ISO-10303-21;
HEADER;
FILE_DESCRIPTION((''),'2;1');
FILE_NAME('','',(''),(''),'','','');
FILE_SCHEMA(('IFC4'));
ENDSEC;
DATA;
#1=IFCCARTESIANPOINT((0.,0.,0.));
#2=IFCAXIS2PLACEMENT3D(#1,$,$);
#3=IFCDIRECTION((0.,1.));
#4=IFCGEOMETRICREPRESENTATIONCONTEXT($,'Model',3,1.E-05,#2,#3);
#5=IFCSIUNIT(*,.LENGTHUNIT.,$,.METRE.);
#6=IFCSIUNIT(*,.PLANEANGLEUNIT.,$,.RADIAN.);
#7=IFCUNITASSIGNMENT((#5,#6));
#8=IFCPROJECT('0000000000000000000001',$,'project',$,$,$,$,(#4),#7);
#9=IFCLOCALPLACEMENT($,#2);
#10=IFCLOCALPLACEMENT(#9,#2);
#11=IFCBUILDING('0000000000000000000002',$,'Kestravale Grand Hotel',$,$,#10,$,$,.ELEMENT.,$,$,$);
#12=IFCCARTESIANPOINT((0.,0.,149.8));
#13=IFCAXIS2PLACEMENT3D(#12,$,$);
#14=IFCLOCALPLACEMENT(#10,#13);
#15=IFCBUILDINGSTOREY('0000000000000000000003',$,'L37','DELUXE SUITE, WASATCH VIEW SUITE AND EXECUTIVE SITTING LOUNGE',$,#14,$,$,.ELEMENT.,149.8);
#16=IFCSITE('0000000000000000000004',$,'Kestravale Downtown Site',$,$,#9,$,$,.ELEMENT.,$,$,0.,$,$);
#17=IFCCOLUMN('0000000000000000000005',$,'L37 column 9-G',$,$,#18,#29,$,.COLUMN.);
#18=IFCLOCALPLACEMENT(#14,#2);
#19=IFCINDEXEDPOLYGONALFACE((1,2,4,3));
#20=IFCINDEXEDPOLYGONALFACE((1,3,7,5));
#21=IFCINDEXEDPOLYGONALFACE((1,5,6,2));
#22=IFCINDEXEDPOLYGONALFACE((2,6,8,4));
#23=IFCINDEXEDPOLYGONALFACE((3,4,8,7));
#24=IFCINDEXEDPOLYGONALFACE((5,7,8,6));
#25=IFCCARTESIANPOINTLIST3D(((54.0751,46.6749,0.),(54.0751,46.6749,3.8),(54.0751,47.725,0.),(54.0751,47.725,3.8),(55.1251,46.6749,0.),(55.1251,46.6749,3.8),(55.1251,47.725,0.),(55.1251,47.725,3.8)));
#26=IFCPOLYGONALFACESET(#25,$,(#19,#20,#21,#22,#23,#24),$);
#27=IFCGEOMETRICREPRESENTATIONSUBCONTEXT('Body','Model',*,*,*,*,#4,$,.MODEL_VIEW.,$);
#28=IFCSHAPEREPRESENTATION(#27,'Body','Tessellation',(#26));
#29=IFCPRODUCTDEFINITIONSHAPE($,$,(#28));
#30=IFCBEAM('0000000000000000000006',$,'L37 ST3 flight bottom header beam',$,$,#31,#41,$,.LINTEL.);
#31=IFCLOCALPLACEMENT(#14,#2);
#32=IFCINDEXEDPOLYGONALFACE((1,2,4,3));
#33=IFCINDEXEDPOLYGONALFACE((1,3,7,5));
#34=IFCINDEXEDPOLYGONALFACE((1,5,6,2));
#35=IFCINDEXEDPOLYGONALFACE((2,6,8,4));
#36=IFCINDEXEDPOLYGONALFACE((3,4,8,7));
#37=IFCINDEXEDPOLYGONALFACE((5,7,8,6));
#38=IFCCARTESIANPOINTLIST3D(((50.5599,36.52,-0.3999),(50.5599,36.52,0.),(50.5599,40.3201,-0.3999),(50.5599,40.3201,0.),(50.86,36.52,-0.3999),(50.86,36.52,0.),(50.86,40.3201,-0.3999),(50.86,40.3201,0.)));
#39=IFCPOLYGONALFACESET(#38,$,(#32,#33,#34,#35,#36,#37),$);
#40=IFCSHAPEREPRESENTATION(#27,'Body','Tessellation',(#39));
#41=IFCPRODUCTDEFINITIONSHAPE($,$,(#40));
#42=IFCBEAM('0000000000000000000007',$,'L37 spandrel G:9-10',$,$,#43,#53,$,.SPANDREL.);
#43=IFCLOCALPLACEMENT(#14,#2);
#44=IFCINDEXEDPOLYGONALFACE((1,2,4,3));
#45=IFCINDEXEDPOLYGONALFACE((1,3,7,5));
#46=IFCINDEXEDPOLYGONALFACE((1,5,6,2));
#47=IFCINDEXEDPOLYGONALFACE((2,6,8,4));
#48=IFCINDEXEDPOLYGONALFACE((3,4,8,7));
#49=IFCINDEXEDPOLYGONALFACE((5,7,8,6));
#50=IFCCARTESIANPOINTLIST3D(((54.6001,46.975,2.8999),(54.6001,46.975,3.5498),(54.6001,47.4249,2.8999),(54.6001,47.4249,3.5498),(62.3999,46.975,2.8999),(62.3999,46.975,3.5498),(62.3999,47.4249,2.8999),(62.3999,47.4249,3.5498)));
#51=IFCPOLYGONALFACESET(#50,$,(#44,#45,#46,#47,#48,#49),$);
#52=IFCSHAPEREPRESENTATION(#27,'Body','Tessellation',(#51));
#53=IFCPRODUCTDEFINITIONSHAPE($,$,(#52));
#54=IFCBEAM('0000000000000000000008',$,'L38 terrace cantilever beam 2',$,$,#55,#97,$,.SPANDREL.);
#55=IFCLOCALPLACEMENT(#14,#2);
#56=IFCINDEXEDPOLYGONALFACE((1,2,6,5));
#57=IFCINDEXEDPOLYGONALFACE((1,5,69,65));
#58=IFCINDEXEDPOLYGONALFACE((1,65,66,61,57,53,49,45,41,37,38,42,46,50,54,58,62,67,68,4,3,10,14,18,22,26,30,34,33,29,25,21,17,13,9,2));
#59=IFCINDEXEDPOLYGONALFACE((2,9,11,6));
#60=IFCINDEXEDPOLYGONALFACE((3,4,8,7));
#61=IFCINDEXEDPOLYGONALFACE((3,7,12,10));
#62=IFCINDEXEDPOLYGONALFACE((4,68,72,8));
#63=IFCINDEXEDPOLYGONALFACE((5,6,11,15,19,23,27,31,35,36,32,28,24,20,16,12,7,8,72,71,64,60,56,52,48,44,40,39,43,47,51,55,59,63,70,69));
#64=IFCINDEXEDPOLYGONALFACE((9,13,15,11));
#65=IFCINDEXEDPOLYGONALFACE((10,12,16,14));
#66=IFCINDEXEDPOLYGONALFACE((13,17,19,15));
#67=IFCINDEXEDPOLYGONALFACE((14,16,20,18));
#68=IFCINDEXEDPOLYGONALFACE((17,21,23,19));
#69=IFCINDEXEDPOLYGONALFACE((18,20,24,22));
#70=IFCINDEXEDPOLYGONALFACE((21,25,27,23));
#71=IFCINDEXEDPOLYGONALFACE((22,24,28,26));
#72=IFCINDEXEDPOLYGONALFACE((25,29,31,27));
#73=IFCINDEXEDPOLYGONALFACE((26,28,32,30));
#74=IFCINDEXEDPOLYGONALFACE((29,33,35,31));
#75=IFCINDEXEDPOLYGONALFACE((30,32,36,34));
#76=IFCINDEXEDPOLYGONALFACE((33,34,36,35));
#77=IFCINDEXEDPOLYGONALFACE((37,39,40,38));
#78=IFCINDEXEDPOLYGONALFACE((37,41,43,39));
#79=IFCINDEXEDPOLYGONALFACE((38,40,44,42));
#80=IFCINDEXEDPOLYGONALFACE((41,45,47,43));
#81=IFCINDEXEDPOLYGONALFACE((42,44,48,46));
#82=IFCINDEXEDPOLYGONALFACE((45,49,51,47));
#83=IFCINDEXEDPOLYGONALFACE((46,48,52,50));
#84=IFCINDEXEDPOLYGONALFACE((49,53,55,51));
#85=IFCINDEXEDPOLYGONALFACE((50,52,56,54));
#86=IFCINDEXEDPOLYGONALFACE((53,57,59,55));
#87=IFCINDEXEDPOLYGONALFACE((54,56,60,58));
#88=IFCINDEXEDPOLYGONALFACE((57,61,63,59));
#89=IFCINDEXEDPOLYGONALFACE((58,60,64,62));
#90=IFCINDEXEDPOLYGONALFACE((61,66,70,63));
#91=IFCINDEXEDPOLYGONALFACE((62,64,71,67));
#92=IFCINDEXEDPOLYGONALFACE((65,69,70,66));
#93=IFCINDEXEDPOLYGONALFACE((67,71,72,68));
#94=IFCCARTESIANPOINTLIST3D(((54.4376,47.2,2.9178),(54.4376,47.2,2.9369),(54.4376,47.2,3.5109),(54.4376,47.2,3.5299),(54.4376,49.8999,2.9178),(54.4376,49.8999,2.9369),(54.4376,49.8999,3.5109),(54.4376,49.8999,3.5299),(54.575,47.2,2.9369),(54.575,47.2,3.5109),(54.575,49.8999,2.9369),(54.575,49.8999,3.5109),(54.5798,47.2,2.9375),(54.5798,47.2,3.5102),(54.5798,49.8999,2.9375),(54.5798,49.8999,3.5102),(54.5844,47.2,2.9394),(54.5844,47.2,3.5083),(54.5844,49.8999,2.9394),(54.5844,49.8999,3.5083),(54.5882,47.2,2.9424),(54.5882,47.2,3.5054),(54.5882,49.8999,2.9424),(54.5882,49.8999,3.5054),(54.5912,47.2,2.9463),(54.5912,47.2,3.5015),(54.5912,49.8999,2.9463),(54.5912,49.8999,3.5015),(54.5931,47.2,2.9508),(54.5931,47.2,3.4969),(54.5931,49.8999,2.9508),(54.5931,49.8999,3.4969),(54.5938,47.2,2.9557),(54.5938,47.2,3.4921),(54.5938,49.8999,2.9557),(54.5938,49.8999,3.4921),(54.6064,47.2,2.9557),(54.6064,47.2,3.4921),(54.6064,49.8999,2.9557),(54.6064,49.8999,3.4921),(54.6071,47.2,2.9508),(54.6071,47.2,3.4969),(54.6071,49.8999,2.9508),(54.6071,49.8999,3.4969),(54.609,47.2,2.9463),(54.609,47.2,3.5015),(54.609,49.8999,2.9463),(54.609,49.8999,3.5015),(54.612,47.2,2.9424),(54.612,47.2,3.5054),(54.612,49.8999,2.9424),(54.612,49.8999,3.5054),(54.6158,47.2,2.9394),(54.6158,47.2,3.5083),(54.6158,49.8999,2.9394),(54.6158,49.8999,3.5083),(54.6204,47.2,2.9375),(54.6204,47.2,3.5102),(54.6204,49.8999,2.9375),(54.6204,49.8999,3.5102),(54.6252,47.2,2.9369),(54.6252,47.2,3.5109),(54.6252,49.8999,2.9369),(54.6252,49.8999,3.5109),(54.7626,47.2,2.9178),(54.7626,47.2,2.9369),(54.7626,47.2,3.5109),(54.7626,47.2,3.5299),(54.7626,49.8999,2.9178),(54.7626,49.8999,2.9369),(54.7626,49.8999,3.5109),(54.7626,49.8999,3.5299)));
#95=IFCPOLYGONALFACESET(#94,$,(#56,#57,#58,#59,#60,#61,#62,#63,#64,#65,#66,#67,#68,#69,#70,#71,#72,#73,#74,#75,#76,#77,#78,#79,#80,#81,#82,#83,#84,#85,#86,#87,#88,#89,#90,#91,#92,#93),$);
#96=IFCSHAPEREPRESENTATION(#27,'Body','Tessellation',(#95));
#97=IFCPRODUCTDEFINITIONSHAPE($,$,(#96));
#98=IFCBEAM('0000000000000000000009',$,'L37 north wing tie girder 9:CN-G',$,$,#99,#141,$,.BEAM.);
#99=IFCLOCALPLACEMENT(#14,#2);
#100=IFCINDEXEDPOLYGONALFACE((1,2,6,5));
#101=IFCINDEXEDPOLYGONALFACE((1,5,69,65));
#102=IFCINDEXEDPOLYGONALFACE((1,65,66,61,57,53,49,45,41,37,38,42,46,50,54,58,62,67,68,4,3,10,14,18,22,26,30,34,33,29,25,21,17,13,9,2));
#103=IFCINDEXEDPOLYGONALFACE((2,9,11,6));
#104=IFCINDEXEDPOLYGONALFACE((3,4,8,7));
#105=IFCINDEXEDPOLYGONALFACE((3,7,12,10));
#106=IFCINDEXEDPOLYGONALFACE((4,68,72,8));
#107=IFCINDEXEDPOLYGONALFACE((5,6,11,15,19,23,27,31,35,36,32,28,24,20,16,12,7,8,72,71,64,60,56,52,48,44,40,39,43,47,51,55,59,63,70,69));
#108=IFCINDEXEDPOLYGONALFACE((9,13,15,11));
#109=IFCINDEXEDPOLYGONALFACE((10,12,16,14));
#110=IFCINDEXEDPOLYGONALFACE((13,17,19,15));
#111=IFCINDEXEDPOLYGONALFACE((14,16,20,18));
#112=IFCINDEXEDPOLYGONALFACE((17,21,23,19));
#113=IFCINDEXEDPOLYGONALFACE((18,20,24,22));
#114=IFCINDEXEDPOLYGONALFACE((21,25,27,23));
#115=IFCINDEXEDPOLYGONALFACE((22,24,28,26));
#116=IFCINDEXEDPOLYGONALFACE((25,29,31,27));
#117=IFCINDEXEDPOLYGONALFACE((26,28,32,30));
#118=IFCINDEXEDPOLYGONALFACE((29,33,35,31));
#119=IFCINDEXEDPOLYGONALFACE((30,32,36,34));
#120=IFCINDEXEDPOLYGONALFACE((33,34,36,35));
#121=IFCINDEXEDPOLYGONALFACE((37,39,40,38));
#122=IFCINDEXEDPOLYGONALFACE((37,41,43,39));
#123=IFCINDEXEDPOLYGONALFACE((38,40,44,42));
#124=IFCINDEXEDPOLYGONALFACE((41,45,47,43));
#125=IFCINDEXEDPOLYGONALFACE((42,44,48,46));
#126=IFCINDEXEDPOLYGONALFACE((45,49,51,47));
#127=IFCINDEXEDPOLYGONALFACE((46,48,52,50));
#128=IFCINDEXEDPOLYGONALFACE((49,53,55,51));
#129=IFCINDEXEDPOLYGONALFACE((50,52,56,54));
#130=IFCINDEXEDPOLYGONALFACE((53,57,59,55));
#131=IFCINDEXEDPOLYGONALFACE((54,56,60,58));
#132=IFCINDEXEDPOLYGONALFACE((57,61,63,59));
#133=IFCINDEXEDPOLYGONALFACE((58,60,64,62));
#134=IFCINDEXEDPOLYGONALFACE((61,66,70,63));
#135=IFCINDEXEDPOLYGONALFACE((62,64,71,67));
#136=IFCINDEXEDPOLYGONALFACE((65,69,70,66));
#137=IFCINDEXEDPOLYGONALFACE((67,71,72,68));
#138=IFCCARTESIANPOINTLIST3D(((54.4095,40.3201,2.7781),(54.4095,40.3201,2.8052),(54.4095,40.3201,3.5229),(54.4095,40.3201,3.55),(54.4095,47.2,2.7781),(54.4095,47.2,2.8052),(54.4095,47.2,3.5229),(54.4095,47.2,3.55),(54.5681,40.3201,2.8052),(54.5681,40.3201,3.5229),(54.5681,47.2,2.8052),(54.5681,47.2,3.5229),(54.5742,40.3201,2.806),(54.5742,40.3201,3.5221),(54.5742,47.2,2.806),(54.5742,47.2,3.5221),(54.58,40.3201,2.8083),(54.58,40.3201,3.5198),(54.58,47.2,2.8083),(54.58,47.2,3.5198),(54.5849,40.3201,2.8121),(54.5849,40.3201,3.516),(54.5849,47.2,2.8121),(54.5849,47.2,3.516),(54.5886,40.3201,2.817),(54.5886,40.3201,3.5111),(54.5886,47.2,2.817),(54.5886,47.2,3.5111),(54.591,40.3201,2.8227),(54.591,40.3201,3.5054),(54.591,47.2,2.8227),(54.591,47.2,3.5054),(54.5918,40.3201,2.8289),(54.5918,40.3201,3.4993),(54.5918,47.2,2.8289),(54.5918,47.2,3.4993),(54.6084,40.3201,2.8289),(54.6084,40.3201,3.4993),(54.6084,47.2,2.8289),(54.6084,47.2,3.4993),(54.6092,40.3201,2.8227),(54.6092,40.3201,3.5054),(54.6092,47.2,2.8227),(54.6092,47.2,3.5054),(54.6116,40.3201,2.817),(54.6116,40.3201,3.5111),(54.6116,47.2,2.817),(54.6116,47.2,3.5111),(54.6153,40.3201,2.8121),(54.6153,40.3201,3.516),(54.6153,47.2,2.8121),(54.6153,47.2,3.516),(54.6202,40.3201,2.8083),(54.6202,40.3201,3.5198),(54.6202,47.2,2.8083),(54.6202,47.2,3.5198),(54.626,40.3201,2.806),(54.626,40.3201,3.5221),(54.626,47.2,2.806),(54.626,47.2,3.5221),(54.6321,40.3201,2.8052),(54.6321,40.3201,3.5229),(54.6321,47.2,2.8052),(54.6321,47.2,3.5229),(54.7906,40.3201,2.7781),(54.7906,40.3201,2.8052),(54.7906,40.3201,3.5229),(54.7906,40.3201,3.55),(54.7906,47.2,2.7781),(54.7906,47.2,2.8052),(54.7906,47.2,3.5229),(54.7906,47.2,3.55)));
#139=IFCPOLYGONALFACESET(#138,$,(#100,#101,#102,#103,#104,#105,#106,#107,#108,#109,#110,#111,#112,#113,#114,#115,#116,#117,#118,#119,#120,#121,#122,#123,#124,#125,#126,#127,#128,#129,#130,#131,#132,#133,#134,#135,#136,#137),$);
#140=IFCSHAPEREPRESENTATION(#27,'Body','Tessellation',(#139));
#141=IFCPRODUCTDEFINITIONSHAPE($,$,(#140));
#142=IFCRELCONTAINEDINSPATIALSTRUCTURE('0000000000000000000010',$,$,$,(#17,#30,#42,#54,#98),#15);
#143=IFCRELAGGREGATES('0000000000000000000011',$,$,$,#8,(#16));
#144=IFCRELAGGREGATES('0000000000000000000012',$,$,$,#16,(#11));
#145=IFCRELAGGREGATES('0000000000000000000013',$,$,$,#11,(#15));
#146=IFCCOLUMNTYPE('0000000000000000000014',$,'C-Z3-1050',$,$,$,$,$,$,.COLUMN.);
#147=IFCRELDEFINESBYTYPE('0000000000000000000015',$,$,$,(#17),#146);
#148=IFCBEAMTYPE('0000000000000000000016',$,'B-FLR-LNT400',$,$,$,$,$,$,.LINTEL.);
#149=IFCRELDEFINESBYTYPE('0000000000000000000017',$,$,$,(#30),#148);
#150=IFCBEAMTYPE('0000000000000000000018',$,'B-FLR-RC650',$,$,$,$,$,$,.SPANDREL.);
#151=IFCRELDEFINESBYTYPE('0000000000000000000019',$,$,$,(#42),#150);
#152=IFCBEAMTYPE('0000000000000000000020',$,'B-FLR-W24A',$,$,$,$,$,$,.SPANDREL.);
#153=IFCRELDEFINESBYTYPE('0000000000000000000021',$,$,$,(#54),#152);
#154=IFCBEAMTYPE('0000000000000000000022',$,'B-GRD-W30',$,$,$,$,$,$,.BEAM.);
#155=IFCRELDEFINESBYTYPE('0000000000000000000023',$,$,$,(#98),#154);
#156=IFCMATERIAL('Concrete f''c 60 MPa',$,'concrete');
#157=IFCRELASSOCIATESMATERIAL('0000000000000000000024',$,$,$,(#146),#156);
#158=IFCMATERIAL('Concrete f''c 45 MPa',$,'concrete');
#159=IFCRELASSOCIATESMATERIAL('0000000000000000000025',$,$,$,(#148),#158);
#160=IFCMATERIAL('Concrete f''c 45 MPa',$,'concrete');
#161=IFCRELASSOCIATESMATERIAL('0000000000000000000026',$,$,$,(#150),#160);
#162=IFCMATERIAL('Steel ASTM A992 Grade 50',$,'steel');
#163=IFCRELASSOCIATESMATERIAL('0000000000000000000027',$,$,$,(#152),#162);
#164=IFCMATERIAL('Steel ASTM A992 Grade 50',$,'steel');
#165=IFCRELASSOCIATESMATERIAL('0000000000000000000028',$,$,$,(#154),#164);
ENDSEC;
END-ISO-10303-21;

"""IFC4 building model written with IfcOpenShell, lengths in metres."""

from ifc_helpers import new_model, si_unit, direction, frame, origin, origin_2d, place, context, subcontext, project, spatial, rectangle, i_section, extrude, material, material_profile, profile_set, type_object, element, save


model = new_model("IFC4")

# Units and contexts
model_context = context("Model", 3, precision=1e-05, world=origin(), true_north=direction((0.0, 1.0)))
body_context = subcontext(model_context, "Body", "Model", "MODEL_VIEW")
ifc_project = project(units=[si_unit("LENGTHUNIT", "METRE"), si_unit("PLANEANGLEUNIT", "RADIAN")], contexts=[model_context])

# Site, building, storey
site_placement = place(None, origin())
site = spatial("IfcSite", under=ifc_project, at=site_placement, Name="Kestravale Downtown Site", CompositionType="ELEMENT", RefElevation=0.0)
building_placement = place(site_placement, origin())
building = spatial("IfcBuilding", under=site, at=building_placement, Name="Kestravale Grand Hotel", CompositionType="ELEMENT")
storey_placement = place(building_placement, frame((0.0, 0.0, 149.8)))
storey = spatial("IfcBuildingStorey", under=building, at=storey_placement, Name="L37", Description="DELUXE SUITE, WASATCH VIEW SUITE AND EXECUTIVE SITTING LOUNGE", CompositionType="ELEMENT", Elevation=149.8)

# Column
ifc_material_1 = material(Name="Concrete f'c 60 MPa", Category="concrete")
ifc_material_profile_1 = material_profile(ifc_material_1, rectangle(XDim=1.05, YDim=1.05, at=origin_2d()))
ifc_profile_set_1 = profile_set([ifc_material_profile_1], Name="Concrete f'c 60 MPa")
column_type = type_object("IfcColumnType", Name="C-Z3-1050", PredefinedType="COLUMN", material=ifc_profile_set_1)
column_placement = place(storey_placement, frame((54.6001, 47.2, 0.0), z_axis=(0.0, 0.0, 1.0), x_axis=(1.0, 0.0, 0.0)))
element("IfcColumn", 1, at=column_placement, inside=storey, type_object=column_type, Name="L37 column 9-G", PredefinedType="COLUMN", context=body_context, shape_type="SweptSolid", body=[
    extrude(rectangle(XDim=1.05, YDim=1.05, at=origin_2d()), origin(), (0.0, 0.0, 1.0), 3.8),
])

# Beams
ifc_material_2 = material(Name="Concrete f'c 45 MPa", Category="concrete")
ifc_material_profile_2 = material_profile(ifc_material_2, rectangle(XDim=0.3, YDim=0.3999, at=origin_2d()))
ifc_profile_set_2 = profile_set([ifc_material_profile_2], Name="Concrete f'c 45 MPa")
beam_type_1 = type_object("IfcBeamType", Name="B-FLR-LNT400", PredefinedType="LINTEL", material=ifc_profile_set_2)
beam_1_placement = place(storey_placement, frame((50.71, 36.52, -0.2), z_axis=(0.0, 1.0, 0.0), x_axis=(-1.0, 0.0, 0.0)))
element("IfcBeam", 2, at=beam_1_placement, inside=storey, type_object=beam_type_1, Name="L37 ST3 flight bottom header beam", PredefinedType="LINTEL", context=body_context, shape_type="SweptSolid", body=[
    extrude(rectangle(XDim=0.3, YDim=0.3999, at=origin_2d()), origin(), (0.0, 0.0, 1.0), 3.8),
])
ifc_material_3 = material(Name="Concrete f'c 45 MPa", Category="concrete")
ifc_material_profile_3 = material_profile(ifc_material_3, rectangle(XDim=0.45, YDim=0.6499, at=origin_2d()))
ifc_profile_set_3 = profile_set([ifc_material_profile_3], Name="Concrete f'c 45 MPa")
beam_type_2 = type_object("IfcBeamType", Name="B-FLR-RC650", PredefinedType="SPANDREL", material=ifc_profile_set_3)
beam_2_placement = place(storey_placement, frame((54.6001, 47.2, 3.2249), z_axis=(1.0, 0.0, 0.0), x_axis=(0.0, 1.0, 0.0)))
element("IfcBeam", 3, at=beam_2_placement, inside=storey, type_object=beam_type_2, Name="L37 spandrel G:9-10", PredefinedType="SPANDREL", context=body_context, shape_type="SweptSolid", body=[
    extrude(rectangle(XDim=0.45, YDim=0.6499, at=origin_2d()), origin(), (0.0, 0.0, 1.0), 7.7998),
])
ifc_material_4 = material(Name="Steel ASTM A992 Grade 50", Category="steel")
ifc_material_profile_4 = material_profile(ifc_material_4, i_section(OverallWidth=0.325, OverallDepth=0.6121, WebThickness=0.0127, FlangeThickness=0.019, FilletRadius=0.0188, at=origin_2d()))
ifc_profile_set_4 = profile_set([ifc_material_profile_4], Name="Steel ASTM A992 Grade 50")
beam_type_3 = type_object("IfcBeamType", Name="B-FLR-W24A", PredefinedType="SPANDREL", material=ifc_profile_set_4)
beam_3_placement = place(storey_placement, frame((54.6001, 47.2, 3.2239), z_axis=(0.0, 1.0, 0.0), x_axis=(-1.0, 0.0, 0.0)))
element("IfcBeam", 4, at=beam_3_placement, inside=storey, type_object=beam_type_3, Name="L38 terrace cantilever beam 2", PredefinedType="SPANDREL", context=body_context, shape_type="SweptSolid", body=[
    extrude(i_section(OverallWidth=0.325, OverallDepth=0.6121, WebThickness=0.0127, FlangeThickness=0.019, FilletRadius=0.0188, at=origin_2d()), origin(), (0.0, 0.0, 1.0), 2.7),
])
ifc_material_5 = material(Name="Steel ASTM A992 Grade 50", Category="steel")
ifc_material_profile_5 = material_profile(ifc_material_5, i_section(OverallWidth=0.3811, OverallDepth=0.772, WebThickness=0.0166, FlangeThickness=0.0271, FilletRadius=0.0237, at=origin_2d()))
ifc_profile_set_5 = profile_set([ifc_material_profile_5], Name="Steel ASTM A992 Grade 50")
beam_type_4 = type_object("IfcBeamType", Name="B-GRD-W30", PredefinedType="BEAM", material=ifc_profile_set_5)
beam_4_placement = place(storey_placement, frame((54.6001, 40.3201, 3.1641), z_axis=(0.0, 1.0, 0.0), x_axis=(-1.0, 0.0, 0.0)))
element("IfcBeam", 5, at=beam_4_placement, inside=storey, type_object=beam_type_4, Name="L37 north wing tie girder 9:CN-G", PredefinedType="BEAM", context=body_context, shape_type="SweptSolid", body=[
    extrude(i_section(OverallWidth=0.3811, OverallDepth=0.772, WebThickness=0.0166, FlangeThickness=0.0271, FilletRadius=0.0237, at=origin_2d()), origin(), (0.0, 0.0, 1.0), 6.8799),
])

save(model, "model.ifc")
